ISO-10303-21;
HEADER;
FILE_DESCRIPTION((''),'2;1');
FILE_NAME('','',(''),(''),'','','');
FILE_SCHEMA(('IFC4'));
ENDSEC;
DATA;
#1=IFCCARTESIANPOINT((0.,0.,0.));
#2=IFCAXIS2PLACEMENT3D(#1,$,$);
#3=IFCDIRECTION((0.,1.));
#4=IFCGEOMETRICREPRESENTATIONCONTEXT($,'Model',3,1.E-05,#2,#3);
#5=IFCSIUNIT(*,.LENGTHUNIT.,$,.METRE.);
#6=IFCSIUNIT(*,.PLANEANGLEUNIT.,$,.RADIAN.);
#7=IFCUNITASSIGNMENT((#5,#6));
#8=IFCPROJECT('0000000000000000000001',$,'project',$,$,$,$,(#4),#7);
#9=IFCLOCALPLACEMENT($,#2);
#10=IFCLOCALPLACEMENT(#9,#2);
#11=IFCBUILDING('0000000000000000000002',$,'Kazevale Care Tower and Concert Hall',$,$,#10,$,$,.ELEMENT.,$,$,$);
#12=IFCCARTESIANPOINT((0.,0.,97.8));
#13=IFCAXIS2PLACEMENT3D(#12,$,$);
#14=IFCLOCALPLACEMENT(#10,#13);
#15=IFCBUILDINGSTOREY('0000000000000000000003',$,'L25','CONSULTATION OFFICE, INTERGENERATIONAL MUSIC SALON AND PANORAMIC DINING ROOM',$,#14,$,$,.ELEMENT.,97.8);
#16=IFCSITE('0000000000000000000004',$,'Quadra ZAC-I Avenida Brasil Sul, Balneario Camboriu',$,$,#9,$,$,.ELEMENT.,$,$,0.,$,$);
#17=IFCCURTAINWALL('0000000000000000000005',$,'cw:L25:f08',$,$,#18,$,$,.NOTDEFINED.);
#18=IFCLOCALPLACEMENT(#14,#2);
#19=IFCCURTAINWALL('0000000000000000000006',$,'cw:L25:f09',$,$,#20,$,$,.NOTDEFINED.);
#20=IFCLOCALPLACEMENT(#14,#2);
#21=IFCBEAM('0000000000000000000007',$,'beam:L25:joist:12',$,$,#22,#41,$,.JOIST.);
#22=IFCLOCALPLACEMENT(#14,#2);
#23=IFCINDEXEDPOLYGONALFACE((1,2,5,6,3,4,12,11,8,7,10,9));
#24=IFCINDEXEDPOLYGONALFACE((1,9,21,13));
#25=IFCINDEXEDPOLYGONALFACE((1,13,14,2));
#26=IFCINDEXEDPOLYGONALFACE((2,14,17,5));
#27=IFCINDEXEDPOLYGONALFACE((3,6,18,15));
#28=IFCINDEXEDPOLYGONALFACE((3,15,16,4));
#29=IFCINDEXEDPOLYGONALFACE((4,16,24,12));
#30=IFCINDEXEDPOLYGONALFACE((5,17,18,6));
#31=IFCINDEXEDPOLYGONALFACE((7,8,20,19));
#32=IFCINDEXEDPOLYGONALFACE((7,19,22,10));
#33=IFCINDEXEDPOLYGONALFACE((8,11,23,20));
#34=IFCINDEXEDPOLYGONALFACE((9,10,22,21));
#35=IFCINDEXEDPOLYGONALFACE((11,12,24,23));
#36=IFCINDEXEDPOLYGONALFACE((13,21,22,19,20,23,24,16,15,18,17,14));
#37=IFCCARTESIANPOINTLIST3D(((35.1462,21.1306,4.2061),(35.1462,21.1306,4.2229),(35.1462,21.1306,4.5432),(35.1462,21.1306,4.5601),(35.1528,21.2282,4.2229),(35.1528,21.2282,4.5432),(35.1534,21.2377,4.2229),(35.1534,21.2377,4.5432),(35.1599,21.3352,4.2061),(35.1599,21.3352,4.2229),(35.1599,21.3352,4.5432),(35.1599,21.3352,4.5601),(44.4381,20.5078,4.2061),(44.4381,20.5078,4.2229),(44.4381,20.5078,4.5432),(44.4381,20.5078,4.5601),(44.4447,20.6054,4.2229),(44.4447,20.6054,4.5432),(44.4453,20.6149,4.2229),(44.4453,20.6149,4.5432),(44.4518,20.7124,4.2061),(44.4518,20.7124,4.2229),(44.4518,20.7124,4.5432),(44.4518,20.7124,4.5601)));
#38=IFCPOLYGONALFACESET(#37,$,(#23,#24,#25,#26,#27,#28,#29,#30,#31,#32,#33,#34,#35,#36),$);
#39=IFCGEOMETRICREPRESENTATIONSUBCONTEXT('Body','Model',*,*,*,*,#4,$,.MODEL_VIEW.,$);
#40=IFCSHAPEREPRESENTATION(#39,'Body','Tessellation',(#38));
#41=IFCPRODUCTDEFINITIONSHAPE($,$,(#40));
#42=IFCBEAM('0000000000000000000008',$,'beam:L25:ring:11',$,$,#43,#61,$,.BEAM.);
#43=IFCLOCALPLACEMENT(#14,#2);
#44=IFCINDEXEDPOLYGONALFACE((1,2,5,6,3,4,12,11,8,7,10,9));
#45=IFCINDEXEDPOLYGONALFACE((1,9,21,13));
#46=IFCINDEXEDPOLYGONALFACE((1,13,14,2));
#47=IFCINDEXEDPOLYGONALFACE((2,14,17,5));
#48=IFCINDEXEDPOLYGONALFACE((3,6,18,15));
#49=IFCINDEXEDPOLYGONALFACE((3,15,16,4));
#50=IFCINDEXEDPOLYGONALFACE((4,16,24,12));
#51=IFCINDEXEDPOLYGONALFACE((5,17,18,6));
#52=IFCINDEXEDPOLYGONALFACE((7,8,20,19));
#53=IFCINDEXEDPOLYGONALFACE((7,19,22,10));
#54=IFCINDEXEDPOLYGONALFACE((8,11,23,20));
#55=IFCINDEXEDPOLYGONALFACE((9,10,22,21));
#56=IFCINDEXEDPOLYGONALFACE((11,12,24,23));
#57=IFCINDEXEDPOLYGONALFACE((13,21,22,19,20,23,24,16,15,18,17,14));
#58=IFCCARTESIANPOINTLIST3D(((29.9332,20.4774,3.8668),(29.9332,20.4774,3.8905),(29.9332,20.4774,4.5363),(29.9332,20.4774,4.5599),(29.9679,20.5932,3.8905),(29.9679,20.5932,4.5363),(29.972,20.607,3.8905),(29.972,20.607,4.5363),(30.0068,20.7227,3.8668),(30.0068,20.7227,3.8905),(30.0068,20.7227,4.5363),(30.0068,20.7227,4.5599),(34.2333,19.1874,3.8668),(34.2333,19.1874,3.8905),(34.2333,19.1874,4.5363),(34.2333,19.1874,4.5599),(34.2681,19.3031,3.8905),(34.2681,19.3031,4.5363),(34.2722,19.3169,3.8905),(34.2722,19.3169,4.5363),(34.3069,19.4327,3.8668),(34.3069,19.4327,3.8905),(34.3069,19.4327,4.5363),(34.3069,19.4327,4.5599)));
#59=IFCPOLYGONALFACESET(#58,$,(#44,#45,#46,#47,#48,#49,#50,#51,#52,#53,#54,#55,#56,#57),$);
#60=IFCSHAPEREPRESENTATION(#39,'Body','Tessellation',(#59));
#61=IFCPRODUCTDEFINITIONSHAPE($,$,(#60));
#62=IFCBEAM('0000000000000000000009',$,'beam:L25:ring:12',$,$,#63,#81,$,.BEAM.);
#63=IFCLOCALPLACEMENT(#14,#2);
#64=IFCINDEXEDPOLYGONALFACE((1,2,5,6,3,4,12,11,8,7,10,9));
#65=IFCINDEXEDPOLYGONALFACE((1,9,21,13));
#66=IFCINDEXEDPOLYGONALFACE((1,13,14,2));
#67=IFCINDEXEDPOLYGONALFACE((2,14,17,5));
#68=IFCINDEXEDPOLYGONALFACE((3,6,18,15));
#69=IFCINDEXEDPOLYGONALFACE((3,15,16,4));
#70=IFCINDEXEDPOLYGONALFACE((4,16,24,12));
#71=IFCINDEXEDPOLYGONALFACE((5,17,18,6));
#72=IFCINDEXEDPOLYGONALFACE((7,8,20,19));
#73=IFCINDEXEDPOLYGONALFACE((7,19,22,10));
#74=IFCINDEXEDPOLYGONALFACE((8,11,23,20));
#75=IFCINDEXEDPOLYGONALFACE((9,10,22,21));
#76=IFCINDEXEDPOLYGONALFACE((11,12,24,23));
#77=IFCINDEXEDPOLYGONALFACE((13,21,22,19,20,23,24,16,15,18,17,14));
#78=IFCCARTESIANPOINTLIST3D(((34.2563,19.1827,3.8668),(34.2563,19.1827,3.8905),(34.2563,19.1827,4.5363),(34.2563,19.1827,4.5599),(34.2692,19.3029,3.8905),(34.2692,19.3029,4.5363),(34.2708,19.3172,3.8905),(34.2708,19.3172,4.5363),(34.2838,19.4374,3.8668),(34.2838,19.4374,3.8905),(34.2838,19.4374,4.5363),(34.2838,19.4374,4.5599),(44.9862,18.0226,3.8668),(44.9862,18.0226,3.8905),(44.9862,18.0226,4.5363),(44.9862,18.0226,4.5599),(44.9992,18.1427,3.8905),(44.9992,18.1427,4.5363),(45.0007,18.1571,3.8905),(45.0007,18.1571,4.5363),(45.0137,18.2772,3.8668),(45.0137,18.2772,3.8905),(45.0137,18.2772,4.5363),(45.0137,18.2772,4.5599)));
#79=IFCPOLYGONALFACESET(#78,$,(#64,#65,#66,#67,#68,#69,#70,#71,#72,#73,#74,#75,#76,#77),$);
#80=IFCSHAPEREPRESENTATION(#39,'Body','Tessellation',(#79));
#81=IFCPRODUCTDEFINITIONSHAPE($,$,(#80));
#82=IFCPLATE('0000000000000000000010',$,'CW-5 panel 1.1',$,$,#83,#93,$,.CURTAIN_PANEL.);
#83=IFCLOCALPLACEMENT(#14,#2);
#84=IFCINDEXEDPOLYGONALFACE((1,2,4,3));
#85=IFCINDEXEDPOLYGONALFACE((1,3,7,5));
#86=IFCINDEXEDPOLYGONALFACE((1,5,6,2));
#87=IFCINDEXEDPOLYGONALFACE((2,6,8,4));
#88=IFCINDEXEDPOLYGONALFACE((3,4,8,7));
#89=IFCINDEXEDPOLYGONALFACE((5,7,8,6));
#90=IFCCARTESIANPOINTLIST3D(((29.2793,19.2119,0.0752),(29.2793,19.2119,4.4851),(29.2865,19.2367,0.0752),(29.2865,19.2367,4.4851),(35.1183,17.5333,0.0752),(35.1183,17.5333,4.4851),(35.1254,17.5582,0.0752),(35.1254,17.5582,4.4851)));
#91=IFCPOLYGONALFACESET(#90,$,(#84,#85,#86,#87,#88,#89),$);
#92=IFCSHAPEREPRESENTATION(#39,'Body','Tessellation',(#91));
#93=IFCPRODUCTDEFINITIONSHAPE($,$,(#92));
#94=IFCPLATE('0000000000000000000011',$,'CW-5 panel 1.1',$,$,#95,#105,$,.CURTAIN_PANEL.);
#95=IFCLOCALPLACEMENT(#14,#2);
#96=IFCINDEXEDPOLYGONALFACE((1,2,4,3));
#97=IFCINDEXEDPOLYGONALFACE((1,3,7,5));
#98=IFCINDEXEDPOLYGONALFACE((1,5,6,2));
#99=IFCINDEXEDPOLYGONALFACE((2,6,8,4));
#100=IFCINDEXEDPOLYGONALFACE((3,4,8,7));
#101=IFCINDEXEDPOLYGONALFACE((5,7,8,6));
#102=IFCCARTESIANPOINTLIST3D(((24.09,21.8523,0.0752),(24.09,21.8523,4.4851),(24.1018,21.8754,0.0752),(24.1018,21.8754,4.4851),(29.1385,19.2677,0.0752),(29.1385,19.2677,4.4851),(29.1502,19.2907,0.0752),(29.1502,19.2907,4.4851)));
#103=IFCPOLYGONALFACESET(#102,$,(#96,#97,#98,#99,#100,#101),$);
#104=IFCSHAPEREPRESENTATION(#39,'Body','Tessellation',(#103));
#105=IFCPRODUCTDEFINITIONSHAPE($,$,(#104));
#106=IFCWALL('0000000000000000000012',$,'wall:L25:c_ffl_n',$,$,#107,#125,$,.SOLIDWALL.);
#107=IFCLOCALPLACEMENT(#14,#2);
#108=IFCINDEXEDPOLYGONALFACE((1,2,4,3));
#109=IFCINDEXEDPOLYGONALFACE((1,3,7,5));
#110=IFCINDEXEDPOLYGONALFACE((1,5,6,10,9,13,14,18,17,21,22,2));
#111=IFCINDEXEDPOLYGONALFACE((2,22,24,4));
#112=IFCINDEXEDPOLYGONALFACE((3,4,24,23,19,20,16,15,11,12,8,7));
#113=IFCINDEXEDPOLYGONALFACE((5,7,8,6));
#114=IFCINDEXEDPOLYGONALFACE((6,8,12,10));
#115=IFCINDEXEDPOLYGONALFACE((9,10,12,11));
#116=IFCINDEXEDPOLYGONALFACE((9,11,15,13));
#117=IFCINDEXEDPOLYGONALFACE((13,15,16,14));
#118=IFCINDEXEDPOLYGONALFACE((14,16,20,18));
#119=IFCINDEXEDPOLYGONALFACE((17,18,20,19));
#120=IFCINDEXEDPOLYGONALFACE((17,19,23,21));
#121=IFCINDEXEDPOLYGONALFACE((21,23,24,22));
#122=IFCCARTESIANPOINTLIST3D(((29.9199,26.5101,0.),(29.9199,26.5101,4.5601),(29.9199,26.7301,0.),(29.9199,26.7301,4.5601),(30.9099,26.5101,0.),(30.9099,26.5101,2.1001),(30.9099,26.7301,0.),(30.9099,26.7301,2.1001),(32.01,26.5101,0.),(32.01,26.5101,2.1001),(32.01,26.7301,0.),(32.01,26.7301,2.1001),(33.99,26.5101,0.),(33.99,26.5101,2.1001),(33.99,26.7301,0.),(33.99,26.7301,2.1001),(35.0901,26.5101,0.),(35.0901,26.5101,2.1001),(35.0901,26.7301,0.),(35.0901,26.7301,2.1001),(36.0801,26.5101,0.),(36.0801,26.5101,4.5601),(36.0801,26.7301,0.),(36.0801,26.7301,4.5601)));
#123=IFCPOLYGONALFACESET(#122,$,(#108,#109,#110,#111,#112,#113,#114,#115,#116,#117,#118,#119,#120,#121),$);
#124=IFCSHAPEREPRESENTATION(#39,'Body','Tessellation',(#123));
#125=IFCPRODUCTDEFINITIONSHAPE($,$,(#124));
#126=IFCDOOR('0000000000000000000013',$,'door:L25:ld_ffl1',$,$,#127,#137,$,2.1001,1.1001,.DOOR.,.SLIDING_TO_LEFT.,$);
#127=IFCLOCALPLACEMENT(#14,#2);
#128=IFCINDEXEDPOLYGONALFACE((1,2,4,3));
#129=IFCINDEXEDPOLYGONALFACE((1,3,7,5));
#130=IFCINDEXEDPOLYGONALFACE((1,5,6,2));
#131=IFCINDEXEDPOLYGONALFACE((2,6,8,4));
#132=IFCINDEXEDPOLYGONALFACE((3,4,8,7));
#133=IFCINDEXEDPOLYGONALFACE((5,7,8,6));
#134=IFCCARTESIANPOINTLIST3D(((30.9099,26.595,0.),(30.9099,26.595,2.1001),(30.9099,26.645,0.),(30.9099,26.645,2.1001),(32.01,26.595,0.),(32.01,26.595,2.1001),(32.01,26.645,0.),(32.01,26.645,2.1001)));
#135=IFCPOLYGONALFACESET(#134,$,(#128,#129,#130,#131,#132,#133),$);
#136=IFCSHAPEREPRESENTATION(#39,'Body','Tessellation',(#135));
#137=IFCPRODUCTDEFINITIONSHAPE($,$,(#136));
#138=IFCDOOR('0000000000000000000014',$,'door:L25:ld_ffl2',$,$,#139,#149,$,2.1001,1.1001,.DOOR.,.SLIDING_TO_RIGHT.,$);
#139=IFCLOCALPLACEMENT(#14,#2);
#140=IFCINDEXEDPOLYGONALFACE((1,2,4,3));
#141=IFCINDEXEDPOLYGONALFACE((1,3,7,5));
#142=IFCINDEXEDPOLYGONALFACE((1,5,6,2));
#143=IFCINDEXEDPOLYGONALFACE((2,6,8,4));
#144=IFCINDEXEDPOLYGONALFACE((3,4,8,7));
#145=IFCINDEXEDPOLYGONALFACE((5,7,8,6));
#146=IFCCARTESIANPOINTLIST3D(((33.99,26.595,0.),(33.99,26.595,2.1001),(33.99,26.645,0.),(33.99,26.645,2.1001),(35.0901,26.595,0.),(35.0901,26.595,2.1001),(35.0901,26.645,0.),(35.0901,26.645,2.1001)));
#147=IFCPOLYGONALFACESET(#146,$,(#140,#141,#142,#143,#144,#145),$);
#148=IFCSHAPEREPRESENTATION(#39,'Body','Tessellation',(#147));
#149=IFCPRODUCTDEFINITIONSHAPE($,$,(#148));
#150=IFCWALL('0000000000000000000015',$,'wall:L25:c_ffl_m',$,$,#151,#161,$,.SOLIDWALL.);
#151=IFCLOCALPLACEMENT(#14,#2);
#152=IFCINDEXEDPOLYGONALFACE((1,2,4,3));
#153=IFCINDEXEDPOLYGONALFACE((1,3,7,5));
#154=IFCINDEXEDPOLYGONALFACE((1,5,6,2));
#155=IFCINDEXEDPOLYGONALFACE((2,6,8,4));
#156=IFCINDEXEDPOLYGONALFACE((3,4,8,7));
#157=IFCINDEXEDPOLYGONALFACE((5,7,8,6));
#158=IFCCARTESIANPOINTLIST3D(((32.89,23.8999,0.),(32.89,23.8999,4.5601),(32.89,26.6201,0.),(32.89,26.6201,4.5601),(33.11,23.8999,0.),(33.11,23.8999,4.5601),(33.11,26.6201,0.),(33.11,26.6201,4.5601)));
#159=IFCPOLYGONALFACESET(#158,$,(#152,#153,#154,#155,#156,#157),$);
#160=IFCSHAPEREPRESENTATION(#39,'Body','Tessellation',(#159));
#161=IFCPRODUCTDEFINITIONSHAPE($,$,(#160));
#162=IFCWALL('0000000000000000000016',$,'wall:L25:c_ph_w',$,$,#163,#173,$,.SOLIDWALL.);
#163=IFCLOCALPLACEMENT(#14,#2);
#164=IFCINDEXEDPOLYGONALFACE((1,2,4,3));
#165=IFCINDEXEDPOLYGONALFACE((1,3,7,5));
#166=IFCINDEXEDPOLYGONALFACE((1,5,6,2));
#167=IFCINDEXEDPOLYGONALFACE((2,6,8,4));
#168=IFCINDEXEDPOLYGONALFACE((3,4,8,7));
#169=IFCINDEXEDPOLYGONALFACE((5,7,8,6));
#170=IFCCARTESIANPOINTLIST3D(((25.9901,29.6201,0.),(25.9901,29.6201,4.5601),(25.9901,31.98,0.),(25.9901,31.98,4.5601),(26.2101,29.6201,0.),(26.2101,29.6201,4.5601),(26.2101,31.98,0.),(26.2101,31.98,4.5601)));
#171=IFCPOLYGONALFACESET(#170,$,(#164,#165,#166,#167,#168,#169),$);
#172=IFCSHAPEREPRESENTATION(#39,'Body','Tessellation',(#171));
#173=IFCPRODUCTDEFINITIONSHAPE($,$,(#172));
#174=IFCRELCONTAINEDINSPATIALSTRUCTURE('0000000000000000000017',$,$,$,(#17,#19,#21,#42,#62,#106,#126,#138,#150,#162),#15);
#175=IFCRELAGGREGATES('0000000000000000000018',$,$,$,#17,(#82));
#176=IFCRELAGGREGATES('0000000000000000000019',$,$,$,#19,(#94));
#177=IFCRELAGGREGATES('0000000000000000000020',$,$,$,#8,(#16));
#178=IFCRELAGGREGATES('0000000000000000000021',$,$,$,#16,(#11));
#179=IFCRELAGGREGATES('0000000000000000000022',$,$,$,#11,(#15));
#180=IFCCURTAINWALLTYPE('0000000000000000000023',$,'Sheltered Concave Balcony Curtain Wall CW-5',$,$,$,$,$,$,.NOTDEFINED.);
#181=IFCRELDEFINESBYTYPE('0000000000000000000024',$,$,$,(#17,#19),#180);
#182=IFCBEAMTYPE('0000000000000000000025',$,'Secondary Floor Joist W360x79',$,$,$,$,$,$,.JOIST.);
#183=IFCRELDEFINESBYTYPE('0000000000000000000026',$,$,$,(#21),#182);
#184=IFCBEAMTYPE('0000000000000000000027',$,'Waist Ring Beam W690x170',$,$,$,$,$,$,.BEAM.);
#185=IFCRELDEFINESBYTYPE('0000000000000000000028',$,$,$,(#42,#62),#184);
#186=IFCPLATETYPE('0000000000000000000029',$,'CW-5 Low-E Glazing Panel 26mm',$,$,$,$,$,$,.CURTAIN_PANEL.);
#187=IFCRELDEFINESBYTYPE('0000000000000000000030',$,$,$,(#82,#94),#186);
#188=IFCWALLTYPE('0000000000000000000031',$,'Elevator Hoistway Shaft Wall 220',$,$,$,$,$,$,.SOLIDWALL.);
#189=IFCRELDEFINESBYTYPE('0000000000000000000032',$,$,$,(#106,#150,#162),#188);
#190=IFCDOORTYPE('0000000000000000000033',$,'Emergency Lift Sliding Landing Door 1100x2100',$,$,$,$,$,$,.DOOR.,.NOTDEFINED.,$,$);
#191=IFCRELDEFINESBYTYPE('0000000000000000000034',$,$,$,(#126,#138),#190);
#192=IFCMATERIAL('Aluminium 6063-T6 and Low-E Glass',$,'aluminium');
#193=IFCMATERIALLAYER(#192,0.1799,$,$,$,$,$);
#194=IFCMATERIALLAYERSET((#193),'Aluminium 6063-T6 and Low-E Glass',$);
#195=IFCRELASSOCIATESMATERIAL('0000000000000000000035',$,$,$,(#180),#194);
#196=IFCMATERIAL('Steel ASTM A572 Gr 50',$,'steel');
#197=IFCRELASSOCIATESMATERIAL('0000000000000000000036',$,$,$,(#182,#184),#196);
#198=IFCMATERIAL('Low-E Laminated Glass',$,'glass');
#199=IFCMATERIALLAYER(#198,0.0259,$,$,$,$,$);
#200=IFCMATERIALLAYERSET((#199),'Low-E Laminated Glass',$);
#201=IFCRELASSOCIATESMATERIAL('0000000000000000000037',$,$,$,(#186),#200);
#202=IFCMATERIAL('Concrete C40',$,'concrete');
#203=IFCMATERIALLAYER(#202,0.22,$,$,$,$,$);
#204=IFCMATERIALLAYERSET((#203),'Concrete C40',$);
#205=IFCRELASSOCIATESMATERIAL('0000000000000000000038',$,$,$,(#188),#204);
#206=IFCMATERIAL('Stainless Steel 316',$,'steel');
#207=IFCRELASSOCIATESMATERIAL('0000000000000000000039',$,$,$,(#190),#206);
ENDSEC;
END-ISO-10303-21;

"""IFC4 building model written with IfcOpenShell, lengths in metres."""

from ifc_helpers import new_model, si_unit, direction, frame, frame_2d, origin, origin_2d, place, context, subcontext, project, spatial, rectangle, i_section, extrude, material, layer, layer_set, material_profile, profile_set, type_object, element, fill, aggregate, save


model = new_model("IFC4")

# Units and contexts
model_context = context("Model", 3, precision=1e-05, world=origin(), true_north=direction((0.0, 1.0)))
body_context = subcontext(model_context, "Body", "Model", "MODEL_VIEW")
ifc_project = project(units=[si_unit("LENGTHUNIT", "METRE"), si_unit("PLANEANGLEUNIT", "RADIAN")], contexts=[model_context])

# Site, building, storey
site_placement = place(None, origin())
site = spatial("IfcSite", under=ifc_project, at=site_placement, Name="Quadra ZAC-I Avenida Brasil Sul, Balneario Camboriu", CompositionType="ELEMENT", RefElevation=0.0)
building_placement = place(site_placement, origin())
building = spatial("IfcBuilding", under=site, at=building_placement, Name="Kazevale Care Tower and Concert Hall", CompositionType="ELEMENT")
storey_placement = place(building_placement, frame((0.0, 0.0, 97.8)))
storey = spatial("IfcBuildingStorey", under=building, at=storey_placement, Name="L25", Description="CONSULTATION OFFICE, INTERGENERATIONAL MUSIC SALON AND PANORAMIC DINING ROOM", CompositionType="ELEMENT", Elevation=97.8)

# Shared definitions
ifc_material_1 = material(Name="Aluminium 6063-T6 and Low-E Glass", Category="aluminium")
ifc_layer_1 = layer(ifc_material_1, 0.1799)
ifc_layer_set_1 = layer_set([ifc_layer_1], Name="Aluminium 6063-T6 and Low-E Glass")
curtain_wall_type = type_object("IfcCurtainWallType", Name="Sheltered Concave Balcony Curtain Wall CW-5", PredefinedType="NOTDEFINED", material=ifc_layer_set_1)

# Curtain wall
curtain_wall_1_placement = place(storey_placement, origin())
curtain_wall_1 = element("IfcCurtainWall", 1, at=curtain_wall_1_placement, inside=storey, type_object=curtain_wall_type, Name="cw:L25:f08", PredefinedType="NOTDEFINED")

# Curtain wall
curtain_wall_2_placement = place(storey_placement, origin())
curtain_wall_2 = element("IfcCurtainWall", 2, at=curtain_wall_2_placement, inside=storey, type_object=curtain_wall_type, Name="cw:L25:f09", PredefinedType="NOTDEFINED")

# Beams
ifc_material_2 = material(Name="Steel ASTM A572 Gr 50", Category="steel")
ifc_material_profile_1 = material_profile(ifc_material_2, i_section(OverallWidth=0.2051, OverallDepth=0.354, WebThickness=0.0095, FlangeThickness=0.0168, at=origin_2d()), Name="W360x79")
ifc_profile_set_1 = profile_set([ifc_material_profile_1], Name="Steel ASTM A572 Gr 50")
beam_type_1 = type_object("IfcBeamType", Name="Secondary Floor Joist W360x79", PredefinedType="JOIST", material=ifc_profile_set_1)
beam_1_placement = place(storey_placement, frame((35.1531, 21.2329, 4.3831), z_axis=(0.997761, -0.066876, 0.0), x_axis=(0.066876, 0.997761, 0.0)))
element("IfcBeam", 3, at=beam_1_placement, inside=storey, type_object=beam_type_1, Name="beam:L25:joist:12", PredefinedType="JOIST", context=body_context, shape_type="SweptSolid", body=[
    extrude(i_section(OverallWidth=0.2051, OverallDepth=0.354, WebThickness=0.0095, FlangeThickness=0.0168, at=origin_2d()), origin(), (0.0, 0.0, 1.0), 9.3127),
])
ifc_material_profile_2 = material_profile(ifc_material_2, i_section(OverallWidth=0.2561, OverallDepth=0.6931, WebThickness=0.0144, FlangeThickness=0.0237, at=origin_2d()), Name="W690x170")
ifc_profile_set_2 = profile_set([ifc_material_profile_2], Name="Steel ASTM A572 Gr 50")
beam_type_2 = type_object("IfcBeamType", Name="Waist Ring Beam W690x170", PredefinedType="BEAM", material=ifc_profile_set_2)
beam_2_placement = place(storey_placement, frame((29.97, 20.6001, 4.2134), z_axis=(0.957825, -0.287353, 0.0), x_axis=(0.287353, 0.957825, 0.0)))
element("IfcBeam", 4, at=beam_2_placement, inside=storey, type_object=beam_type_2, Name="beam:L25:ring:11", PredefinedType="BEAM", context=body_context, shape_type="SweptSolid", body=[
    extrude(i_section(OverallWidth=0.2561, OverallDepth=0.6931, WebThickness=0.0144, FlangeThickness=0.0237, at=origin_2d()), origin(), (0.0, 0.0, 1.0), 4.4895),
])
beam_3_placement = place(storey_placement, frame((34.27, 19.3101, 4.2134), z_axis=(0.994205, -0.107496, 0.0), x_axis=(0.107496, 0.994205, 0.0)))
element("IfcBeam", 5, at=beam_3_placement, inside=storey, type_object=beam_type_2, Name="beam:L25:ring:12", PredefinedType="BEAM", context=body_context, shape_type="SweptSolid", body=[
    extrude(i_section(OverallWidth=0.2561, OverallDepth=0.6931, WebThickness=0.0144, FlangeThickness=0.0237, at=origin_2d()), origin(), (0.0, 0.0, 1.0), 10.7925),
])

# Plates
ifc_material_3 = material(Name="Low-E Laminated Glass", Category="glass")
ifc_layer_2 = layer(ifc_material_3, 0.0259)
ifc_layer_set_2 = layer_set([ifc_layer_2], Name="Low-E Laminated Glass")
plate_type = type_object("IfcPlateType", Name="CW-5 Low-E Glazing Panel 26mm", PredefinedType="CURTAIN_PANEL", material=ifc_layer_set_2)
plate_1_placement = place(storey_placement, frame((32.2024, 18.385, 0.0752), z_axis=(0.0, 0.0, 1.0), x_axis=(-0.961074, 0.276291, 0.0)))
plate_1 = element("IfcPlate", 6, at=plate_1_placement, type_object=plate_type, Name="CW-5 panel 1.1", PredefinedType="CURTAIN_PANEL", context=body_context, shape_type="SweptSolid", body=[
    extrude(rectangle(XDim=6.0754, YDim=0.0259, at=origin_2d()), origin(), (0.0, 0.0, 1.0), 4.4099),
])
aggregate(curtain_wall_1, [plate_1])
plate_2_placement = place(storey_placement, frame((26.6201, 20.5715, 0.0752), z_axis=(0.0, 0.0, 1.0), x_axis=(-0.890127, 0.455713, 0.0)))
plate_2 = element("IfcPlate", 7, at=plate_2_placement, type_object=plate_type, Name="CW-5 panel 1.1", PredefinedType="CURTAIN_PANEL", context=body_context, shape_type="SweptSolid", body=[
    extrude(rectangle(XDim=5.6716, YDim=0.0259, at=origin_2d()), origin(), (0.0, 0.0, 1.0), 4.4099),
])
aggregate(curtain_wall_2, [plate_2])

# Wall, openings, doors
ifc_material_4 = material(Name="Concrete C40", Category="concrete")
ifc_layer_3 = layer(ifc_material_4, 0.22)
ifc_layer_set_3 = layer_set([ifc_layer_3], Name="Concrete C40")
wall_type_1 = type_object("IfcWallType", Name="Elevator Hoistway Shaft Wall 220", PredefinedType="SOLIDWALL", material=ifc_layer_set_3)
wall_1_placement = place(storey_placement, frame((29.9199, 26.6201, 0.0), z_axis=(0.0, 0.0, 1.0), x_axis=(1.0, 0.0, 0.0)))
wall_1 = element("IfcWall", 8, at=wall_1_placement, inside=storey, type_object=wall_type_1, Name="wall:L25:c_ffl_n", PredefinedType="SOLIDWALL", context=body_context, shape_type="SweptSolid", body=[
    extrude(rectangle(XDim=6.1602, YDim=0.22, at=frame_2d((3.0801, 0.0))), origin(), (0.0, 0.0, 1.0), 4.5601),
])
opening_1_placement = place(wall_1_placement, frame((0.99, 0.0, 0.0)))
opening_1 = element("IfcOpeningElement", 9, at=opening_1_placement, cuts=wall_1, PredefinedType="OPENING", context=body_context, shape_type="SweptSolid", body=[
    extrude(rectangle(XDim=1.1001, YDim=2.1001, at=frame_2d((0.55, 1.05))), frame((0.0, 0.1199, 0.0), z_axis=(0.0, -1.0, 0.0), x_axis=(1.0, 0.0, 0.0)), (0.0, 0.0, 1.0), 0.24),
])
opening_2_placement = place(wall_1_placement, frame((4.0701, 0.0, 0.0)))
opening_2 = element("IfcOpeningElement", 10, at=opening_2_placement, cuts=wall_1, PredefinedType="OPENING", context=body_context, shape_type="SweptSolid", body=[
    extrude(rectangle(XDim=1.1001, YDim=2.1001, at=frame_2d((0.55, 1.05))), frame((0.0, 0.1199, 0.0), z_axis=(0.0, -1.0, 0.0), x_axis=(1.0, 0.0, 0.0)), (0.0, 0.0, 1.0), 0.24),
])
ifc_material_5 = material(Name="Stainless Steel 316", Category="steel")
door_type_1 = type_object("IfcDoorType", Name="Emergency Lift Sliding Landing Door 1100x2100", OperationType="NOTDEFINED", PredefinedType="DOOR", material=ifc_material_5)
door_1_placement = place(opening_1_placement, origin())
door_1 = element("IfcDoor", 11, at=door_1_placement, inside=storey, type_object=door_type_1, Name="door:L25:ld_ffl1", OperationType="SLIDING_TO_LEFT", OverallHeight=2.1001, OverallWidth=1.1001, PredefinedType="DOOR", context=body_context, shape_type="SweptSolid", body=[
    extrude(rectangle(XDim=1.1001, YDim=2.1001, at=frame_2d((0.55, 1.05))), frame((0.0, 0.0249, 0.0), z_axis=(0.0, -1.0, 0.0), x_axis=(1.0, 0.0, 0.0)), (0.0, 0.0, 1.0), 0.05),
])
fill(opening_1, door_1)
door_2_placement = place(opening_2_placement, origin())
door_2 = element("IfcDoor", 12, at=door_2_placement, inside=storey, type_object=door_type_1, Name="door:L25:ld_ffl2", OperationType="SLIDING_TO_RIGHT", OverallHeight=2.1001, OverallWidth=1.1001, PredefinedType="DOOR", context=body_context, shape_type="SweptSolid", body=[
    extrude(rectangle(XDim=1.1001, YDim=2.1001, at=frame_2d((0.55, 1.05))), frame((0.0, 0.0249, 0.0), z_axis=(0.0, -1.0, 0.0), x_axis=(1.0, 0.0, 0.0)), (0.0, 0.0, 1.0), 0.05),
])
fill(opening_2, door_2)

# Walls
wall_2_placement = place(storey_placement, frame((33.0, 23.8999, 0.0), z_axis=(0.0, 0.0, 1.0), x_axis=(0.0, 1.0, 0.0)))
element("IfcWall", 13, at=wall_2_placement, inside=storey, type_object=wall_type_1, Name="wall:L25:c_ffl_m", PredefinedType="SOLIDWALL", context=body_context, shape_type="SweptSolid", body=[
    extrude(rectangle(XDim=2.7202, YDim=0.22, at=frame_2d((1.3601, 0.0))), origin(), (0.0, 0.0, 1.0), 4.5601),
])
wall_3_placement = place(storey_placement, frame((26.1001, 29.6201, 0.0), z_axis=(0.0, 0.0, 1.0), x_axis=(0.0, 1.0, 0.0)))
element("IfcWall", 14, at=wall_3_placement, inside=storey, type_object=wall_type_1, Name="wall:L25:c_ph_w", PredefinedType="SOLIDWALL", context=body_context, shape_type="SweptSolid", body=[
    extrude(rectangle(XDim=2.3599, YDim=0.22, at=frame_2d((1.1799, 0.0))), origin(), (0.0, 0.0, 1.0), 4.5601),
])

save(model, "model.ifc")
